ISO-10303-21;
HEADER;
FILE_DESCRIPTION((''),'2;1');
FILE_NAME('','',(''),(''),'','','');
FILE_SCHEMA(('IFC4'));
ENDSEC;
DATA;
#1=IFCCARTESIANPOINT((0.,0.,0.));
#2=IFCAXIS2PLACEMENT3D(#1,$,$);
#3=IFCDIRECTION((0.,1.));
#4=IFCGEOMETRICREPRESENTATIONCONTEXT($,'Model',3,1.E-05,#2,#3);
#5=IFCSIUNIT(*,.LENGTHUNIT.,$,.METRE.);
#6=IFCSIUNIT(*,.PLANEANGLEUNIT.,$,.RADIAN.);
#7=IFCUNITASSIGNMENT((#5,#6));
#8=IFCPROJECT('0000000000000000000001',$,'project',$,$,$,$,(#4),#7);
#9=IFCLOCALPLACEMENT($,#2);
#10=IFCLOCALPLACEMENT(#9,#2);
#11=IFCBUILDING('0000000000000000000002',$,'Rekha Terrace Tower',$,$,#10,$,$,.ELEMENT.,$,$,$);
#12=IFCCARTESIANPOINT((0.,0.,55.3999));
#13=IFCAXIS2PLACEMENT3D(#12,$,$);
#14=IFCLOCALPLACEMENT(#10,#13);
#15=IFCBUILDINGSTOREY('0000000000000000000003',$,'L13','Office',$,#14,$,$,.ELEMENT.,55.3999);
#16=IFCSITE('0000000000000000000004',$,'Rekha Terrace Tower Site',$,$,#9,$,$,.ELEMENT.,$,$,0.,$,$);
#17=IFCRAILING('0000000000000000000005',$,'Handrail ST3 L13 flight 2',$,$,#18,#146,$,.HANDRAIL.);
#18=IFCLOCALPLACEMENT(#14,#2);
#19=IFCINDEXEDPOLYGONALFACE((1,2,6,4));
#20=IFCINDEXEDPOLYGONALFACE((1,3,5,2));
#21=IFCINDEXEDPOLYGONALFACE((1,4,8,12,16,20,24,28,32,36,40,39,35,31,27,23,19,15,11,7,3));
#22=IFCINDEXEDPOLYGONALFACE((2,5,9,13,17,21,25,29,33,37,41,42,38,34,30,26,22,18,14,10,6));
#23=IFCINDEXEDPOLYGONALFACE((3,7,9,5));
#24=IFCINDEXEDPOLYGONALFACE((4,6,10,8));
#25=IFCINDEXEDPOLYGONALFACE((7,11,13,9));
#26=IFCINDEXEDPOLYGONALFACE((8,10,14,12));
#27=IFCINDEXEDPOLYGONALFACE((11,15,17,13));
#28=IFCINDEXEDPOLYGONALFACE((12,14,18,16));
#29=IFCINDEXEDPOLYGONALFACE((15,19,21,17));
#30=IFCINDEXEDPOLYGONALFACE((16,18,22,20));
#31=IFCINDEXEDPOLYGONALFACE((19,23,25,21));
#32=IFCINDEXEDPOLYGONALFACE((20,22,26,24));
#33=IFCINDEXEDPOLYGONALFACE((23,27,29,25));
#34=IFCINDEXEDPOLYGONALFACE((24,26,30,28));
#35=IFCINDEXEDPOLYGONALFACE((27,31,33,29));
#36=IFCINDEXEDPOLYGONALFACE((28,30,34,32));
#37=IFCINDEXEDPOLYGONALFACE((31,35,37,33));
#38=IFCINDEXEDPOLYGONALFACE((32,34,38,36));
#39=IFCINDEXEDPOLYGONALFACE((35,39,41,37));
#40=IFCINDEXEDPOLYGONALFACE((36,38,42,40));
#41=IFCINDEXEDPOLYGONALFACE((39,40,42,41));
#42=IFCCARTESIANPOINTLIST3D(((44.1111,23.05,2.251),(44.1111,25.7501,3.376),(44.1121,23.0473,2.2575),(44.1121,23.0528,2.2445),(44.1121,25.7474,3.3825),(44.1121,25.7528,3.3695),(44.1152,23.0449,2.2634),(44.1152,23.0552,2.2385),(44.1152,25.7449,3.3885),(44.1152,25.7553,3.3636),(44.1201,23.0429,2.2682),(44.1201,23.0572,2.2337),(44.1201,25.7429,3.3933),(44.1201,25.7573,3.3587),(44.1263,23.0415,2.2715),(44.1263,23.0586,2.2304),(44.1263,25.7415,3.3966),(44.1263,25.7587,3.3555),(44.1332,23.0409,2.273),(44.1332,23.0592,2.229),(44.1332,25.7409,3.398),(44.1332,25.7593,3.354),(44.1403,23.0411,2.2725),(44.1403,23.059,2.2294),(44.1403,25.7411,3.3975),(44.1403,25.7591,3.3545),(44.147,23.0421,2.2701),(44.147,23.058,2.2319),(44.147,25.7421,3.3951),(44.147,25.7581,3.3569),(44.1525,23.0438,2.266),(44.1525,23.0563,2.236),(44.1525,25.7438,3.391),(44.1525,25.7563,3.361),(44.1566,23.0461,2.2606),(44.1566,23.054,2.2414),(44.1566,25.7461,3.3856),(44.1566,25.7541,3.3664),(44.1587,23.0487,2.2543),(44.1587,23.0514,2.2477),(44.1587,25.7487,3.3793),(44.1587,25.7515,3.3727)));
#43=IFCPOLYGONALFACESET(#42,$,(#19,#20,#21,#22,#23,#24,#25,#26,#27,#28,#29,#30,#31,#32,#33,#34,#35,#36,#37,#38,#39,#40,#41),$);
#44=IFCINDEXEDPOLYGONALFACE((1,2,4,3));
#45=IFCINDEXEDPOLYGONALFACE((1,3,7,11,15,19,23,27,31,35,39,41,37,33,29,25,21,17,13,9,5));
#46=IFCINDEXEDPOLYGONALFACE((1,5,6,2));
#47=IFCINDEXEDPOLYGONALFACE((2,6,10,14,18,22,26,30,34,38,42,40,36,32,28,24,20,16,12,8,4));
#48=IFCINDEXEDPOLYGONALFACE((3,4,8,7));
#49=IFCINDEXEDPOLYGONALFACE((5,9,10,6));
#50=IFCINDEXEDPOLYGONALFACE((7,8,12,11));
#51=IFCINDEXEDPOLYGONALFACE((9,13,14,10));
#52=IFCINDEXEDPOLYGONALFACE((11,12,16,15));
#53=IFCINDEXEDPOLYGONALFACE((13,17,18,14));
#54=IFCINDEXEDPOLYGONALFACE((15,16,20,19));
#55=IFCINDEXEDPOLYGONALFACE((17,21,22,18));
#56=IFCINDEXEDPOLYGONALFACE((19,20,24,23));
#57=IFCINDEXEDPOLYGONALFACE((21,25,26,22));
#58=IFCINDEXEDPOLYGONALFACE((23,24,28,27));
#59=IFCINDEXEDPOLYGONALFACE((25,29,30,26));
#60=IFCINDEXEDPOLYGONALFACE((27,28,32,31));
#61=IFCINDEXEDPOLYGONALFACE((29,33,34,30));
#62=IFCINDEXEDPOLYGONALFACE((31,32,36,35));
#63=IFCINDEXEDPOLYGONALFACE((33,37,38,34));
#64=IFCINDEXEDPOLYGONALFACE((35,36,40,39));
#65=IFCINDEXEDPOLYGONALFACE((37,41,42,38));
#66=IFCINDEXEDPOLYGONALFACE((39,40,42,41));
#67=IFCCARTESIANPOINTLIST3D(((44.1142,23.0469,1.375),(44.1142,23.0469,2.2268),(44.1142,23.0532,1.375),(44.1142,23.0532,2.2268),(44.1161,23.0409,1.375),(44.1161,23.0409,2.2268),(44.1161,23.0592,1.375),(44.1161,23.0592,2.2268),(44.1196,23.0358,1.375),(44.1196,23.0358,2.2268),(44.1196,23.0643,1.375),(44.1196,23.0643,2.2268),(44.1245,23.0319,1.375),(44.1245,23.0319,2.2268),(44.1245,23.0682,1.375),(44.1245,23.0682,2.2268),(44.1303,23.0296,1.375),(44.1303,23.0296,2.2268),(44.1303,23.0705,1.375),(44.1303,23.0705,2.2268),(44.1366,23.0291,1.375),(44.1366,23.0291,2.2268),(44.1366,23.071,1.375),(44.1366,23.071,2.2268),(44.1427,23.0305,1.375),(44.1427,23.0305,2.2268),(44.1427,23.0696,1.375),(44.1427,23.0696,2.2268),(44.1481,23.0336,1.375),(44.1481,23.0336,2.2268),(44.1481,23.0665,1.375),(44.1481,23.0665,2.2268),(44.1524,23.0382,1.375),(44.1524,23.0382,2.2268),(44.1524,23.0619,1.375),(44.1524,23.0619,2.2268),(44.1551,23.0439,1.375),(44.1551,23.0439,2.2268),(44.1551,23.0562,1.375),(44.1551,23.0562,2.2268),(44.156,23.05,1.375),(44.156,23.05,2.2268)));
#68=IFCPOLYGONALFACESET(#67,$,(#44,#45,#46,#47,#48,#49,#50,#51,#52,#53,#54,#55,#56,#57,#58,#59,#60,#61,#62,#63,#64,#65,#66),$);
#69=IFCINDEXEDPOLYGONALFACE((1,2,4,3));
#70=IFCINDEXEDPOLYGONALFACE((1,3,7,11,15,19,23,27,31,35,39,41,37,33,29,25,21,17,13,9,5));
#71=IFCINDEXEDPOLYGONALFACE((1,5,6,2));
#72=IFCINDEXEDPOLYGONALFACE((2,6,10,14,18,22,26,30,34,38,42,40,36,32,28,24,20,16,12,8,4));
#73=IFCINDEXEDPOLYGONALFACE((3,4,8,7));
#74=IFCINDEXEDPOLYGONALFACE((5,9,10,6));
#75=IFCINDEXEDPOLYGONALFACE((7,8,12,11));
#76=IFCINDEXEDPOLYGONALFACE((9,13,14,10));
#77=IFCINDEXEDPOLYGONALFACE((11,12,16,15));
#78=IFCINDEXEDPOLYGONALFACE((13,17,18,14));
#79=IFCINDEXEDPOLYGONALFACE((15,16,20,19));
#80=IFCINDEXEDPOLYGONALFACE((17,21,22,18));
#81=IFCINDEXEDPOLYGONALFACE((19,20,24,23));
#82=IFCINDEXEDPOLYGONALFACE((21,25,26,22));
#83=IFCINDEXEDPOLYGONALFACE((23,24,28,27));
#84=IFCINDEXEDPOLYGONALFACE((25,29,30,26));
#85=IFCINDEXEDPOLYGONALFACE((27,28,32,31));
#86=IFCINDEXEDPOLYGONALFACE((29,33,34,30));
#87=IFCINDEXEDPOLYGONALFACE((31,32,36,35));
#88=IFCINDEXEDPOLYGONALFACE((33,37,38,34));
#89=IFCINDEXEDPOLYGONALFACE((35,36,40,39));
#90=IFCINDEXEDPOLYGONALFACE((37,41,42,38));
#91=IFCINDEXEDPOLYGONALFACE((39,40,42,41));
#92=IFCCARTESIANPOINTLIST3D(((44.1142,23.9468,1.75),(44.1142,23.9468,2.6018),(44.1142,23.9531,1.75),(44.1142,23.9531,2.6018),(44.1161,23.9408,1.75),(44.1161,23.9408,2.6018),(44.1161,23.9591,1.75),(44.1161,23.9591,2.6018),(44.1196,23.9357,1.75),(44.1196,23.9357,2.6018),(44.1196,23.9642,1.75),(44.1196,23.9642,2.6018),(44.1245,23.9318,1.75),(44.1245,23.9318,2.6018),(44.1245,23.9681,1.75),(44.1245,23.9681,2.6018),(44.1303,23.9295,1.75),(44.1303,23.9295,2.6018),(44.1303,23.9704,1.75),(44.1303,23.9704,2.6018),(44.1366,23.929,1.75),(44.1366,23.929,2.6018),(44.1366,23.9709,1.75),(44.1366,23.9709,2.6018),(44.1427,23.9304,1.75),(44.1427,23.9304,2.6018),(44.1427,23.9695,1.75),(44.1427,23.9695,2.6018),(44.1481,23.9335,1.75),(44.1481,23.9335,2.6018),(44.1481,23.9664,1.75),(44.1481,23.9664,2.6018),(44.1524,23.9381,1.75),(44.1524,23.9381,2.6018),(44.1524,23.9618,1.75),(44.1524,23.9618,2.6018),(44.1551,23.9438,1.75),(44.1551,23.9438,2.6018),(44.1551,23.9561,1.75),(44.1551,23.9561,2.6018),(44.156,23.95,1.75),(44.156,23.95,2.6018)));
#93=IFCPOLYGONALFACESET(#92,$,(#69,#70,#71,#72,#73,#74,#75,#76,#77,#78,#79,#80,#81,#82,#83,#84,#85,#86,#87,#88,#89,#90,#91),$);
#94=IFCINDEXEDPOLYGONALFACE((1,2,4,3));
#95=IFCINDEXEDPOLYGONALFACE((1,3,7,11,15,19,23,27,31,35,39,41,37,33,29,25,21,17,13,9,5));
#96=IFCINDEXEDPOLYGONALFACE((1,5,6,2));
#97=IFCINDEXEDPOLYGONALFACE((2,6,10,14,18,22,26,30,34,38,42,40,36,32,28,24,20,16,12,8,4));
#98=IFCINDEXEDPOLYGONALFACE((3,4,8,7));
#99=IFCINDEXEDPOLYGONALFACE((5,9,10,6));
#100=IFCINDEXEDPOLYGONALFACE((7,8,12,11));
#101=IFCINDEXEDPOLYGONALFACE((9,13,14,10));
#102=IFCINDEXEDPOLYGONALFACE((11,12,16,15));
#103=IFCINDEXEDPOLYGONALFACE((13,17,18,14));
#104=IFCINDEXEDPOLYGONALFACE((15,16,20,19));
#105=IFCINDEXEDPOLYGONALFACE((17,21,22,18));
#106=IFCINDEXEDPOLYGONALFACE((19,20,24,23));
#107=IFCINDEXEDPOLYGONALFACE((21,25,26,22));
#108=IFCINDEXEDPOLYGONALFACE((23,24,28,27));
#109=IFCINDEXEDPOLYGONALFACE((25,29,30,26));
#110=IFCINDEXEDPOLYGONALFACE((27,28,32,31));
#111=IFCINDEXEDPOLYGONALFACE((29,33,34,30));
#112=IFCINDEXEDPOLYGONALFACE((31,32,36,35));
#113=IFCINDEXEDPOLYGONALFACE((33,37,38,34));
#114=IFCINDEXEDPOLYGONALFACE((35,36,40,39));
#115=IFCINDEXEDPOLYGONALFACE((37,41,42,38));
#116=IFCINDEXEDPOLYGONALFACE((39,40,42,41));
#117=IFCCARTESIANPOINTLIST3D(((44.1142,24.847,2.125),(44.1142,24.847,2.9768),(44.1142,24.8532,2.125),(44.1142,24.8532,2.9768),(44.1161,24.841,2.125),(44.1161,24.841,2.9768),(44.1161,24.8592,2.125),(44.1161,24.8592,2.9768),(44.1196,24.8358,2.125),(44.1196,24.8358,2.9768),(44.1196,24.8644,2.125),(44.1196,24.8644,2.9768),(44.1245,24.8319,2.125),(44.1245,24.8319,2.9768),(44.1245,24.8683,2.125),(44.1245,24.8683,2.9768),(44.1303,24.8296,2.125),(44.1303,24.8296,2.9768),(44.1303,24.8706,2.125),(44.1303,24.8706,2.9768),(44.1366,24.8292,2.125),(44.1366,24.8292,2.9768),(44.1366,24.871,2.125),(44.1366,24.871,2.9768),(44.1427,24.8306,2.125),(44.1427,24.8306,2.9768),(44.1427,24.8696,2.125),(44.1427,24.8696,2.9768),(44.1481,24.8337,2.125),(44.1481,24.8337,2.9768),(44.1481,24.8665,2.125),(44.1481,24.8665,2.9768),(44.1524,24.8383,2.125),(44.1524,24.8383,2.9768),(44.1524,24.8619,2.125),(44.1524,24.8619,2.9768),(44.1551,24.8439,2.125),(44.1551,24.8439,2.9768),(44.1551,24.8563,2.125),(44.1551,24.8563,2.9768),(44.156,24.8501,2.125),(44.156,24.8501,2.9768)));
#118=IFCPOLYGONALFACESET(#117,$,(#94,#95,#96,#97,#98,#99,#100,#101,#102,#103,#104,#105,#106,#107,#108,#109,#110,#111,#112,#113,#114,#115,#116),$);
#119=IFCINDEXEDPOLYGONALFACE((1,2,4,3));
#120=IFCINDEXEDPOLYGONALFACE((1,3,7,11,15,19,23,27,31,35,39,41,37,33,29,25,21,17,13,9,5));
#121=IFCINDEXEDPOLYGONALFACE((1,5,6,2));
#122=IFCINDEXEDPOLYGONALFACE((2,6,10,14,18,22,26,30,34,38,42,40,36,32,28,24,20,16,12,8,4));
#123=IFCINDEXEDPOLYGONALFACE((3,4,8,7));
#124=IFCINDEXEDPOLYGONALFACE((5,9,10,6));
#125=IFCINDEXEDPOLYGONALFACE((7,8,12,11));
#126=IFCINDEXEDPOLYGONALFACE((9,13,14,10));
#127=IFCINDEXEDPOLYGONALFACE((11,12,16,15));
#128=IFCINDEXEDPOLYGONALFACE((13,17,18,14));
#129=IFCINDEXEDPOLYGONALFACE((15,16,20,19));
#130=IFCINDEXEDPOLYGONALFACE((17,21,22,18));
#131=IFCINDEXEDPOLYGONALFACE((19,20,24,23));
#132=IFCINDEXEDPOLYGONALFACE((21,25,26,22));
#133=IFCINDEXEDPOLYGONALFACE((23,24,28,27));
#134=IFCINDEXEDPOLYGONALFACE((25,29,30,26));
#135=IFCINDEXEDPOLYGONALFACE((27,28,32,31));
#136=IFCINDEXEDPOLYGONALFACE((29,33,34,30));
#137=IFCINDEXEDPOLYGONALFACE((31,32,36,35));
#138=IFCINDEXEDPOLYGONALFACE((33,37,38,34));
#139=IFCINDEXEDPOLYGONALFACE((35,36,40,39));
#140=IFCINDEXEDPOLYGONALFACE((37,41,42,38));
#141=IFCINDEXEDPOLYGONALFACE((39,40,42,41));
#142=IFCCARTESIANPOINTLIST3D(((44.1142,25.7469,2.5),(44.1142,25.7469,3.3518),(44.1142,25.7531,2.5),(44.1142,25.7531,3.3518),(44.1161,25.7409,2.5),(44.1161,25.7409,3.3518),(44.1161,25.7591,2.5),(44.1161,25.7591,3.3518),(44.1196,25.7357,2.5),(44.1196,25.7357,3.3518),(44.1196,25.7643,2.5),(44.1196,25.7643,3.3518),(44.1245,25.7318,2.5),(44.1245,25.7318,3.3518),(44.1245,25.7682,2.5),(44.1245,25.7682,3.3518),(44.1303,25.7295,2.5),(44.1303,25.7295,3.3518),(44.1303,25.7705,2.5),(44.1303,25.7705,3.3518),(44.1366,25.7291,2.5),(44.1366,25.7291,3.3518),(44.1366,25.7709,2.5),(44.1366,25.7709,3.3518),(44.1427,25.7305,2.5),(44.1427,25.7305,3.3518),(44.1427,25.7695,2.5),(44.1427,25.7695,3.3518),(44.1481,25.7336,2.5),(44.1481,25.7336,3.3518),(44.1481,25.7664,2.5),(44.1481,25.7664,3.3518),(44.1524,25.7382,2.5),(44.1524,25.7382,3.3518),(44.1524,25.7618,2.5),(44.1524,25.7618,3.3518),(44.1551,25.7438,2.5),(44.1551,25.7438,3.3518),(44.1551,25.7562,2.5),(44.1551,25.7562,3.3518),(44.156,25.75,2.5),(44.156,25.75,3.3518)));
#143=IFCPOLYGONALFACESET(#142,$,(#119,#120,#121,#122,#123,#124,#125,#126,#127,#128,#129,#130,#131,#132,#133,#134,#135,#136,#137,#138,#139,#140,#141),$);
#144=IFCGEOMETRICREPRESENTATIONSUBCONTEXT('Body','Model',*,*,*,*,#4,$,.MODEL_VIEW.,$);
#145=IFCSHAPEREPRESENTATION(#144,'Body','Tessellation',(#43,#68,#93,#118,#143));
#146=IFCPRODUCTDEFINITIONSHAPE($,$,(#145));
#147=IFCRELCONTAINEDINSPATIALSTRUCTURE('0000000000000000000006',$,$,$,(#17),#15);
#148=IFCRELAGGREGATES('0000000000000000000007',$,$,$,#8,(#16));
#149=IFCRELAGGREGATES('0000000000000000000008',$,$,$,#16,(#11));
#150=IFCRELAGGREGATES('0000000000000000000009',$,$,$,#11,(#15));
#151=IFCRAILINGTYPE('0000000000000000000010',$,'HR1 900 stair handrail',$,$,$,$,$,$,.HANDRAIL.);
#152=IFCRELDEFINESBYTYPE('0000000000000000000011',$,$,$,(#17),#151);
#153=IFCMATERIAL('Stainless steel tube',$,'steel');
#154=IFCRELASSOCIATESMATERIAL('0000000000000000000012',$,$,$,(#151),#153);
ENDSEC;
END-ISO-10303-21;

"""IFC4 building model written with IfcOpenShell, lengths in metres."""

from ifc_helpers import new_model, si_unit, direction, frame, origin, origin_2d, place, context, subcontext, project, spatial, circle, extrude, material, type_object, element, save


model = new_model("IFC4")

# Units and contexts
model_context = context("Model", 3, precision=1e-05, world=origin(), true_north=direction((0.0, 1.0)))
body_context = subcontext(model_context, "Body", "Model", "MODEL_VIEW")
ifc_project = project(units=[si_unit("LENGTHUNIT", "METRE"), si_unit("PLANEANGLEUNIT", "RADIAN")], contexts=[model_context])

# Site, building, storey
site_placement = place(None, origin())
site = spatial("IfcSite", under=ifc_project, at=site_placement, Name="Rekha Terrace Tower Site", CompositionType="ELEMENT", RefElevation=0.0)
building_placement = place(site_placement, origin())
building = spatial("IfcBuilding", under=site, at=building_placement, Name="Rekha Terrace Tower", CompositionType="ELEMENT")
storey_placement = place(building_placement, frame((0.0, 0.0, 55.3999)))
storey = spatial("IfcBuildingStorey", under=building, at=storey_placement, Name="L13", Description="Office", CompositionType="ELEMENT", Elevation=55.3999)

# Railing
ifc_material_1 = material(Name="Stainless steel tube", Category="steel")
railing_type = type_object("IfcRailingType", Name="HR1 900 stair handrail", PredefinedType="HANDRAIL", material=ifc_material_1)
railing_placement = place(storey_placement, frame((44.135, 23.05, 1.375)))
element("IfcRailing", 1, at=railing_placement, inside=storey, type_object=railing_type, Name="Handrail ST3 L13 flight 2", PredefinedType="HANDRAIL", context=body_context, shape_type="SweptSolid", body=[
    extrude(circle(Radius=0.0239, at=origin_2d()), frame((0.0, 0.0, 0.876), z_axis=(0.0, 0.923074, 0.384621), x_axis=(-1.0, 0.0, 0.0)), (0.0, 0.0, 1.0), 2.925),
    extrude(circle(Radius=0.021, at=origin_2d()), origin(), (0.0, 0.0, 1.0), 0.8518),
    extrude(circle(Radius=0.021, at=origin_2d()), frame((0.0, 0.8999, 0.375)), (0.0, 0.0, 1.0), 0.8518),
    extrude(circle(Radius=0.021, at=origin_2d()), frame((0.0, 1.8, 0.75)), (0.0, 0.0, 1.0), 0.8518),
    extrude(circle(Radius=0.021, at=origin_2d()), frame((0.0, 2.7, 1.125)), (0.0, 0.0, 1.0), 0.8518),
])

save(model, "model.ifc")
